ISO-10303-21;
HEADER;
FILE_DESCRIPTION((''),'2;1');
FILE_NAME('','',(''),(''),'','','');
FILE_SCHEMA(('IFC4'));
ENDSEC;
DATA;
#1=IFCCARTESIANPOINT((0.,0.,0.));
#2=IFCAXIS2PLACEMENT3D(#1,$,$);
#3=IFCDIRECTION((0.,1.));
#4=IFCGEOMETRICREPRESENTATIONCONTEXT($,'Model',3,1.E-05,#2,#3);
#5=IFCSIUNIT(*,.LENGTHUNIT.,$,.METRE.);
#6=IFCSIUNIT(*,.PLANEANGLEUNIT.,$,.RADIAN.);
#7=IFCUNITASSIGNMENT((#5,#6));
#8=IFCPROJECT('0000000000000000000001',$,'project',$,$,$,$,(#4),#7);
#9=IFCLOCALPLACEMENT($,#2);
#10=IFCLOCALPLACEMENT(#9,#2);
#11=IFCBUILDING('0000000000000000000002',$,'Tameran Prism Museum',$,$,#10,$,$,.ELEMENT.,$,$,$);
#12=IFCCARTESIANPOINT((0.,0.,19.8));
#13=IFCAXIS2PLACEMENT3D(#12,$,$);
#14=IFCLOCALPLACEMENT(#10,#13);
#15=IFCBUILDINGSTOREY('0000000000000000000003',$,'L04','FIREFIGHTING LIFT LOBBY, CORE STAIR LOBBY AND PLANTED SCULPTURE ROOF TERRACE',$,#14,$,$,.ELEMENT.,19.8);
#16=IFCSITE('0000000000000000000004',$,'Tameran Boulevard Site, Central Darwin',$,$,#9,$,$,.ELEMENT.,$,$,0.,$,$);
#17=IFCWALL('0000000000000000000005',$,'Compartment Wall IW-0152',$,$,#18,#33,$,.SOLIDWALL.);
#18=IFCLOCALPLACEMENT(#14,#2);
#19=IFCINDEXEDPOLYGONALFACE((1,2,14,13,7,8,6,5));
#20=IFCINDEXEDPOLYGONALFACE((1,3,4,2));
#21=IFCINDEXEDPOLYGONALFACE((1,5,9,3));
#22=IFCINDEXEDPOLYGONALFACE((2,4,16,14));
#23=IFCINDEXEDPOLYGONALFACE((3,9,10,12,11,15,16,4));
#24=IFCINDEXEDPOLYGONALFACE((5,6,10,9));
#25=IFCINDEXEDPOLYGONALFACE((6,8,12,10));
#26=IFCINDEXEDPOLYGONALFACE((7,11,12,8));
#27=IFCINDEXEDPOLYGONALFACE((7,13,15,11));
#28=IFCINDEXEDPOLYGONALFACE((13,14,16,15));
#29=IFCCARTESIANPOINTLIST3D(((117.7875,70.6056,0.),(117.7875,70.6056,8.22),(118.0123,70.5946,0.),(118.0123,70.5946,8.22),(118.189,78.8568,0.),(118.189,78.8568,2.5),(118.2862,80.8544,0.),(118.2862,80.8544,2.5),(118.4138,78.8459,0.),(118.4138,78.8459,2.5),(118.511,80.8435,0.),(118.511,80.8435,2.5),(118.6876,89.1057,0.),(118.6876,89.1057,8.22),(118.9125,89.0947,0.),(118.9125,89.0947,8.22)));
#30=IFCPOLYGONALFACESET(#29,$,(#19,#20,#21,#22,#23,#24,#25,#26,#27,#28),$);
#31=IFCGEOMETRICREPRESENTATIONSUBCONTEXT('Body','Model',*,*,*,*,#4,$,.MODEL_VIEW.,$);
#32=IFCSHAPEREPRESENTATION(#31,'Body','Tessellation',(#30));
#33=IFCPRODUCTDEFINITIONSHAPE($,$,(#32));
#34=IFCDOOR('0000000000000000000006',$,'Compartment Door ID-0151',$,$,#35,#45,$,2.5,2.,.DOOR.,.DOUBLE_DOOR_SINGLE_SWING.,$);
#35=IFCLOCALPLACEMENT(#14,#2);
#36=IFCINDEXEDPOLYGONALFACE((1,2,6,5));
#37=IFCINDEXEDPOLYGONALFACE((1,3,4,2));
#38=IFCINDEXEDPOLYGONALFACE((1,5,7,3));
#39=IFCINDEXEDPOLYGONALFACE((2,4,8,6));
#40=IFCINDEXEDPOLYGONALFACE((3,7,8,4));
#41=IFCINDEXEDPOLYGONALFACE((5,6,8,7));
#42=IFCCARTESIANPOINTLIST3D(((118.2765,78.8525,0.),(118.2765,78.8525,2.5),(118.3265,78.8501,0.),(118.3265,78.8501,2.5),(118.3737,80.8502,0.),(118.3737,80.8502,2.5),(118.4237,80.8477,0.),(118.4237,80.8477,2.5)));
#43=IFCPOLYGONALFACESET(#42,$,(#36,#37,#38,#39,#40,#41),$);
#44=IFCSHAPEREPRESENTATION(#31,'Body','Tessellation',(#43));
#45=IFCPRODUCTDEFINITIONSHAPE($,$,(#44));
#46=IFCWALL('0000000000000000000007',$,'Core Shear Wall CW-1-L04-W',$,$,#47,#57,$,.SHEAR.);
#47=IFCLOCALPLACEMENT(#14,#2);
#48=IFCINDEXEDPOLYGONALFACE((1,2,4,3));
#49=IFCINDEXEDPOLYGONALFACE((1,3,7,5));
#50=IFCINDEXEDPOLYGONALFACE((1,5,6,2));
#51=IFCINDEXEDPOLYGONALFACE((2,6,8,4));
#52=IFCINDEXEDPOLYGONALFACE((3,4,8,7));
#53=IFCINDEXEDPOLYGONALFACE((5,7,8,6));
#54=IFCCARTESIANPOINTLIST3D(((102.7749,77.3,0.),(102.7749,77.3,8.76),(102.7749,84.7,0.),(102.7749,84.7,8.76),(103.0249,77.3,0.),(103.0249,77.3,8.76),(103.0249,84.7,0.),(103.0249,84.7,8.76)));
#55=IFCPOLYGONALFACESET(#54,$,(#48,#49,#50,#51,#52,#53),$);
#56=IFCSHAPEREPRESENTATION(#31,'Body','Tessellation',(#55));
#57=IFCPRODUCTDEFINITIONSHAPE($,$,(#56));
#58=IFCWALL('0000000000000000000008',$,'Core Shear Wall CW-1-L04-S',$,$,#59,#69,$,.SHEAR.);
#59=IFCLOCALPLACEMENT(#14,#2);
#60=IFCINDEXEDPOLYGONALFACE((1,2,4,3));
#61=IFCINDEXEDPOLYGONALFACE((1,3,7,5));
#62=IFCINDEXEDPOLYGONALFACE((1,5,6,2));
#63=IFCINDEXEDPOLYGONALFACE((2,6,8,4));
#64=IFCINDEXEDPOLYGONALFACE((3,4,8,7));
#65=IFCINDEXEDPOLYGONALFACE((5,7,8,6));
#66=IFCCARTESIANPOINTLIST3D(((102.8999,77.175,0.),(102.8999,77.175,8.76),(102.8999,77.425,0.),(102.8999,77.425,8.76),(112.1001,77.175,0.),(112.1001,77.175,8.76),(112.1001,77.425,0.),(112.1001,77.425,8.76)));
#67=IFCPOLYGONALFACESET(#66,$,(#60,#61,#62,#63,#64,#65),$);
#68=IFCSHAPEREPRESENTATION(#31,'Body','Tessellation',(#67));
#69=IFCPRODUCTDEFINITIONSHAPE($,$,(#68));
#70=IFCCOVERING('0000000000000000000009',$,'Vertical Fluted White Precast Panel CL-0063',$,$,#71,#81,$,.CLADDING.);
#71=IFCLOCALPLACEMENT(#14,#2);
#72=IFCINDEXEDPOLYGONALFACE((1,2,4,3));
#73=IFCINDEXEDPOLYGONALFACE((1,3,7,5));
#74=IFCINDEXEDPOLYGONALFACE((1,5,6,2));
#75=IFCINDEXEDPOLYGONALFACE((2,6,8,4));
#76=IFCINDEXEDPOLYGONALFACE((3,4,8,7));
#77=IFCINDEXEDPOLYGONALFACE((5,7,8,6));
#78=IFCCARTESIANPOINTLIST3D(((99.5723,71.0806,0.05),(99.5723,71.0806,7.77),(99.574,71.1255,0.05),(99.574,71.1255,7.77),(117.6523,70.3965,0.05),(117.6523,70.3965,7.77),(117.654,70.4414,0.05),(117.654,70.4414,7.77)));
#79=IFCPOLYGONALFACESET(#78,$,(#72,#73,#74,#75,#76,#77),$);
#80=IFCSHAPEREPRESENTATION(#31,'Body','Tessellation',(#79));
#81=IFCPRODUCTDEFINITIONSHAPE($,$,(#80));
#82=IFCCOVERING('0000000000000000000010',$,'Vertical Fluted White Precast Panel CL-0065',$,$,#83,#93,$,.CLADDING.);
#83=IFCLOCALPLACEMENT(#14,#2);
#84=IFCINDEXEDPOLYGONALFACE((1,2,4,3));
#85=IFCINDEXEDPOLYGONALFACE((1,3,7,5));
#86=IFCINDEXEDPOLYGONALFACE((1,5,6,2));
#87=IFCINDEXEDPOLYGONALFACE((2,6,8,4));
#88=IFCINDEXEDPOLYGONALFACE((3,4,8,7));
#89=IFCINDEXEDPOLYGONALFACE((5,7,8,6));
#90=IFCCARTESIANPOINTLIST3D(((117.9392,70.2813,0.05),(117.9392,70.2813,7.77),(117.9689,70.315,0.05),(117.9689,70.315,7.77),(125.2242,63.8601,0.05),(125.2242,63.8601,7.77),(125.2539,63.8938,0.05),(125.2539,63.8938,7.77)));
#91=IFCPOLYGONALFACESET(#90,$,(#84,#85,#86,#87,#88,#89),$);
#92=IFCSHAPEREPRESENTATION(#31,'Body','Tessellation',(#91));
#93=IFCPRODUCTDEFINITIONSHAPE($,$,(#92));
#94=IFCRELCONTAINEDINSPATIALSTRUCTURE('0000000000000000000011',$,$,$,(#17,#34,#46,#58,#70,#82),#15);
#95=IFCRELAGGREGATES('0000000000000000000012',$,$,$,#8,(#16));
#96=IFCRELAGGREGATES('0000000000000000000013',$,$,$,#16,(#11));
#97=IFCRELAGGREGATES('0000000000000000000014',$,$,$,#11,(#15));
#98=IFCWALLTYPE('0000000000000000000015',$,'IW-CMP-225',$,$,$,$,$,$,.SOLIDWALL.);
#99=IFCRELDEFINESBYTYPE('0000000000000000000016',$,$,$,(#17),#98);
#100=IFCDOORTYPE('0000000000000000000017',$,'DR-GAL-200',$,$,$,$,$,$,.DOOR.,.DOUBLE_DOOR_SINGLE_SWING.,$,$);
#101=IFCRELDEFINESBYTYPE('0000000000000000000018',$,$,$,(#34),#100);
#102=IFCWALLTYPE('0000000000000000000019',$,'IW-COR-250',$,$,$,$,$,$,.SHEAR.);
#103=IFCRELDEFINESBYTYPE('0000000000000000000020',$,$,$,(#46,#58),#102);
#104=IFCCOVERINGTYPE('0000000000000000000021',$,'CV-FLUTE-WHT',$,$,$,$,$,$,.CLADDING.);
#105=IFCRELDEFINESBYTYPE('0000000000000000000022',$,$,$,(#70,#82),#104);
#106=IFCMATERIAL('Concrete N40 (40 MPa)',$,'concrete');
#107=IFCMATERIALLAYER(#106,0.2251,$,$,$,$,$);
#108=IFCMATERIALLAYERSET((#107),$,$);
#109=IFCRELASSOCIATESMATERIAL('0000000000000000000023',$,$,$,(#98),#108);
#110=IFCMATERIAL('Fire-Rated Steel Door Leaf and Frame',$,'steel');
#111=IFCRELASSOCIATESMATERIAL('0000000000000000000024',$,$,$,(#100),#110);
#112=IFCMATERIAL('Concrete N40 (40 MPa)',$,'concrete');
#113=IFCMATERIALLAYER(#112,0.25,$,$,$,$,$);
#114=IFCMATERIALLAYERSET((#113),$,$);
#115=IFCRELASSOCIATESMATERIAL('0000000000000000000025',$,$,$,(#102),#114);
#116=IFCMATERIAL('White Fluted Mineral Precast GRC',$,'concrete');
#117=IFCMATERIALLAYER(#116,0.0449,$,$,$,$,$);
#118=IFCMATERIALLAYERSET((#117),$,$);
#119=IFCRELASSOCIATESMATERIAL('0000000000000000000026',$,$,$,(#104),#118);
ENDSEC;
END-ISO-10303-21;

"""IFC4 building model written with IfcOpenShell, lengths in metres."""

from ifc_helpers import new_model, si_unit, direction, frame, frame_2d, origin, place, context, subcontext, project, spatial, rectangle, extrude, material, layer, layer_set, type_object, element, fill, save


model = new_model("IFC4")

# Units and contexts
model_context = context("Model", 3, precision=1e-05, world=origin(), true_north=direction((0.0, 1.0)))
body_context = subcontext(model_context, "Body", "Model", "MODEL_VIEW")
ifc_project = project(units=[si_unit("LENGTHUNIT", "METRE"), si_unit("PLANEANGLEUNIT", "RADIAN")], contexts=[model_context])

# Site, building, storey
site_placement = place(None, origin())
site = spatial("IfcSite", under=ifc_project, at=site_placement, Name="Tameran Boulevard Site, Central Darwin", CompositionType="ELEMENT", RefElevation=0.0)
building_placement = place(site_placement, origin())
building = spatial("IfcBuilding", under=site, at=building_placement, Name="Tameran Prism Museum", CompositionType="ELEMENT")
storey_placement = place(building_placement, frame((0.0, 0.0, 19.8)))
storey = spatial("IfcBuildingStorey", under=building, at=storey_placement, Name="L04", Description="FIREFIGHTING LIFT LOBBY, CORE STAIR LOBBY AND PLANTED SCULPTURE ROOF TERRACE", CompositionType="ELEMENT", Elevation=19.8)

# Wall, opening, door
ifc_material_1 = material(Name="Concrete N40 (40 MPa)", Category="concrete")
ifc_layer_1 = layer(ifc_material_1, 0.2251)
ifc_layer_set_1 = layer_set([ifc_layer_1])
wall_type_1 = type_object("IfcWallType", Name="IW-CMP-225", PredefinedType="SOLIDWALL", material=ifc_layer_set_1)
wall_1_placement = place(storey_placement, frame((117.8999, 70.6001, 0.0), z_axis=(0.0, 0.0, 1.0), x_axis=(0.048599, 0.998818, 0.0)))
wall_1 = element("IfcWall", 1, at=wall_1_placement, inside=storey, type_object=wall_type_1, Name="Compartment Wall IW-0152", PredefinedType="SOLIDWALL", context=body_context, shape_type="SweptSolid", body=[
    extrude(rectangle(XDim=18.522, YDim=0.2251, at=frame_2d((9.261, 0.0))), origin(), (0.0, 0.0, 1.0), 8.22),
])
opening_placement = place(wall_1_placement, frame((8.261, 0.0, 0.0)))
opening = element("IfcOpeningElement", 2, at=opening_placement, cuts=wall_1, PredefinedType="OPENING", context=body_context, shape_type="SweptSolid", body=[
    extrude(rectangle(XDim=2.0, YDim=2.5, at=frame_2d((1.0, 1.25))), frame((0.0, 0.1226, 0.0), z_axis=(0.0, -1.0, 0.0), x_axis=(1.0, 0.0, 0.0)), (0.0, 0.0, 1.0), 0.2451),
])
ifc_material_2 = material(Name="Fire-Rated Steel Door Leaf and Frame", Category="steel")
door_type = type_object("IfcDoorType", Name="DR-GAL-200", OperationType="DOUBLE_DOOR_SINGLE_SWING", PredefinedType="DOOR", material=ifc_material_2)
door_placement = place(opening_placement, origin())
door = element("IfcDoor", 3, at=door_placement, inside=storey, type_object=door_type, Name="Compartment Door ID-0151", OperationType="DOUBLE_DOOR_SINGLE_SWING", OverallHeight=2.5, OverallWidth=2.0, PredefinedType="DOOR", context=body_context, shape_type="SweptSolid", body=[
    extrude(rectangle(XDim=2.0, YDim=2.5, at=frame_2d((1.0, 1.25))), frame((0.0, 0.0249, 0.0), z_axis=(0.0, -1.0, 0.0), x_axis=(1.0, 0.0, 0.0)), (0.0, 0.0, 1.0), 0.05),
])
fill(opening, door)

# Walls
ifc_material_3 = material(Name="Concrete N40 (40 MPa)", Category="concrete")
ifc_layer_2 = layer(ifc_material_3, 0.25)
ifc_layer_set_2 = layer_set([ifc_layer_2])
wall_type_2 = type_object("IfcWallType", Name="IW-COR-250", PredefinedType="SHEAR", material=ifc_layer_set_2)
wall_2_placement = place(storey_placement, frame((102.8999, 77.3, 0.0), z_axis=(0.0, 0.0, 1.0), x_axis=(0.0, 1.0, 0.0)))
element("IfcWall", 4, at=wall_2_placement, inside=storey, type_object=wall_type_2, Name="Core Shear Wall CW-1-L04-W", PredefinedType="SHEAR", context=body_context, shape_type="SweptSolid", body=[
    extrude(rectangle(XDim=7.3999, YDim=0.25, at=frame_2d((3.7, 0.0))), origin(), (0.0, 0.0, 1.0), 8.76),
])
wall_3_placement = place(storey_placement, frame((112.1001, 77.3, 0.0), z_axis=(0.0, 0.0, 1.0), x_axis=(-1.0, 0.0, 0.0)))
element("IfcWall", 5, at=wall_3_placement, inside=storey, type_object=wall_type_2, Name="Core Shear Wall CW-1-L04-S", PredefinedType="SHEAR", context=body_context, shape_type="SweptSolid", body=[
    extrude(rectangle(XDim=9.2002, YDim=0.25, at=frame_2d((4.6001, 0.0))), origin(), (0.0, 0.0, 1.0), 8.76),
])

# Coverings
ifc_material_4 = material(Name="White Fluted Mineral Precast GRC", Category="concrete")
ifc_layer_3 = layer(ifc_material_4, 0.0449)
ifc_layer_set_3 = layer_set([ifc_layer_3])
covering_type = type_object("IfcCoveringType", Name="CV-FLUTE-WHT", PredefinedType="CLADDING", material=ifc_layer_set_3)
covering_1_placement = place(storey_placement, frame((117.6531, 70.4189, 0.05), z_axis=(0.0, 0.0, 1.0), x_axis=(-0.999285, 0.037809, 0.0)))
element("IfcCovering", 6, at=covering_1_placement, inside=storey, type_object=covering_type, Name="Vertical Fluted White Precast Panel CL-0063", PredefinedType="CLADDING", context=body_context, shape_type="SweptSolid", body=[
    extrude(rectangle(XDim=18.093, YDim=0.0449, at=frame_2d((9.0464, 0.0))), origin(), (0.0, 0.0, 1.0), 7.72),
])
covering_2_placement = place(storey_placement, frame((125.239, 63.877, 0.05), z_axis=(0.0, 0.0, 1.0), x_axis=(-0.750181, 0.661232, 0.0)))
element("IfcCovering", 7, at=covering_2_placement, inside=storey, type_object=covering_type, Name="Vertical Fluted White Precast Panel CL-0065", PredefinedType="CLADDING", context=body_context, shape_type="SweptSolid", body=[
    extrude(rectangle(XDim=9.7109, YDim=0.0449, at=frame_2d((4.8555, 0.0))), origin(), (0.0, 0.0, 1.0), 7.72),
])

save(model, "model.ifc")
